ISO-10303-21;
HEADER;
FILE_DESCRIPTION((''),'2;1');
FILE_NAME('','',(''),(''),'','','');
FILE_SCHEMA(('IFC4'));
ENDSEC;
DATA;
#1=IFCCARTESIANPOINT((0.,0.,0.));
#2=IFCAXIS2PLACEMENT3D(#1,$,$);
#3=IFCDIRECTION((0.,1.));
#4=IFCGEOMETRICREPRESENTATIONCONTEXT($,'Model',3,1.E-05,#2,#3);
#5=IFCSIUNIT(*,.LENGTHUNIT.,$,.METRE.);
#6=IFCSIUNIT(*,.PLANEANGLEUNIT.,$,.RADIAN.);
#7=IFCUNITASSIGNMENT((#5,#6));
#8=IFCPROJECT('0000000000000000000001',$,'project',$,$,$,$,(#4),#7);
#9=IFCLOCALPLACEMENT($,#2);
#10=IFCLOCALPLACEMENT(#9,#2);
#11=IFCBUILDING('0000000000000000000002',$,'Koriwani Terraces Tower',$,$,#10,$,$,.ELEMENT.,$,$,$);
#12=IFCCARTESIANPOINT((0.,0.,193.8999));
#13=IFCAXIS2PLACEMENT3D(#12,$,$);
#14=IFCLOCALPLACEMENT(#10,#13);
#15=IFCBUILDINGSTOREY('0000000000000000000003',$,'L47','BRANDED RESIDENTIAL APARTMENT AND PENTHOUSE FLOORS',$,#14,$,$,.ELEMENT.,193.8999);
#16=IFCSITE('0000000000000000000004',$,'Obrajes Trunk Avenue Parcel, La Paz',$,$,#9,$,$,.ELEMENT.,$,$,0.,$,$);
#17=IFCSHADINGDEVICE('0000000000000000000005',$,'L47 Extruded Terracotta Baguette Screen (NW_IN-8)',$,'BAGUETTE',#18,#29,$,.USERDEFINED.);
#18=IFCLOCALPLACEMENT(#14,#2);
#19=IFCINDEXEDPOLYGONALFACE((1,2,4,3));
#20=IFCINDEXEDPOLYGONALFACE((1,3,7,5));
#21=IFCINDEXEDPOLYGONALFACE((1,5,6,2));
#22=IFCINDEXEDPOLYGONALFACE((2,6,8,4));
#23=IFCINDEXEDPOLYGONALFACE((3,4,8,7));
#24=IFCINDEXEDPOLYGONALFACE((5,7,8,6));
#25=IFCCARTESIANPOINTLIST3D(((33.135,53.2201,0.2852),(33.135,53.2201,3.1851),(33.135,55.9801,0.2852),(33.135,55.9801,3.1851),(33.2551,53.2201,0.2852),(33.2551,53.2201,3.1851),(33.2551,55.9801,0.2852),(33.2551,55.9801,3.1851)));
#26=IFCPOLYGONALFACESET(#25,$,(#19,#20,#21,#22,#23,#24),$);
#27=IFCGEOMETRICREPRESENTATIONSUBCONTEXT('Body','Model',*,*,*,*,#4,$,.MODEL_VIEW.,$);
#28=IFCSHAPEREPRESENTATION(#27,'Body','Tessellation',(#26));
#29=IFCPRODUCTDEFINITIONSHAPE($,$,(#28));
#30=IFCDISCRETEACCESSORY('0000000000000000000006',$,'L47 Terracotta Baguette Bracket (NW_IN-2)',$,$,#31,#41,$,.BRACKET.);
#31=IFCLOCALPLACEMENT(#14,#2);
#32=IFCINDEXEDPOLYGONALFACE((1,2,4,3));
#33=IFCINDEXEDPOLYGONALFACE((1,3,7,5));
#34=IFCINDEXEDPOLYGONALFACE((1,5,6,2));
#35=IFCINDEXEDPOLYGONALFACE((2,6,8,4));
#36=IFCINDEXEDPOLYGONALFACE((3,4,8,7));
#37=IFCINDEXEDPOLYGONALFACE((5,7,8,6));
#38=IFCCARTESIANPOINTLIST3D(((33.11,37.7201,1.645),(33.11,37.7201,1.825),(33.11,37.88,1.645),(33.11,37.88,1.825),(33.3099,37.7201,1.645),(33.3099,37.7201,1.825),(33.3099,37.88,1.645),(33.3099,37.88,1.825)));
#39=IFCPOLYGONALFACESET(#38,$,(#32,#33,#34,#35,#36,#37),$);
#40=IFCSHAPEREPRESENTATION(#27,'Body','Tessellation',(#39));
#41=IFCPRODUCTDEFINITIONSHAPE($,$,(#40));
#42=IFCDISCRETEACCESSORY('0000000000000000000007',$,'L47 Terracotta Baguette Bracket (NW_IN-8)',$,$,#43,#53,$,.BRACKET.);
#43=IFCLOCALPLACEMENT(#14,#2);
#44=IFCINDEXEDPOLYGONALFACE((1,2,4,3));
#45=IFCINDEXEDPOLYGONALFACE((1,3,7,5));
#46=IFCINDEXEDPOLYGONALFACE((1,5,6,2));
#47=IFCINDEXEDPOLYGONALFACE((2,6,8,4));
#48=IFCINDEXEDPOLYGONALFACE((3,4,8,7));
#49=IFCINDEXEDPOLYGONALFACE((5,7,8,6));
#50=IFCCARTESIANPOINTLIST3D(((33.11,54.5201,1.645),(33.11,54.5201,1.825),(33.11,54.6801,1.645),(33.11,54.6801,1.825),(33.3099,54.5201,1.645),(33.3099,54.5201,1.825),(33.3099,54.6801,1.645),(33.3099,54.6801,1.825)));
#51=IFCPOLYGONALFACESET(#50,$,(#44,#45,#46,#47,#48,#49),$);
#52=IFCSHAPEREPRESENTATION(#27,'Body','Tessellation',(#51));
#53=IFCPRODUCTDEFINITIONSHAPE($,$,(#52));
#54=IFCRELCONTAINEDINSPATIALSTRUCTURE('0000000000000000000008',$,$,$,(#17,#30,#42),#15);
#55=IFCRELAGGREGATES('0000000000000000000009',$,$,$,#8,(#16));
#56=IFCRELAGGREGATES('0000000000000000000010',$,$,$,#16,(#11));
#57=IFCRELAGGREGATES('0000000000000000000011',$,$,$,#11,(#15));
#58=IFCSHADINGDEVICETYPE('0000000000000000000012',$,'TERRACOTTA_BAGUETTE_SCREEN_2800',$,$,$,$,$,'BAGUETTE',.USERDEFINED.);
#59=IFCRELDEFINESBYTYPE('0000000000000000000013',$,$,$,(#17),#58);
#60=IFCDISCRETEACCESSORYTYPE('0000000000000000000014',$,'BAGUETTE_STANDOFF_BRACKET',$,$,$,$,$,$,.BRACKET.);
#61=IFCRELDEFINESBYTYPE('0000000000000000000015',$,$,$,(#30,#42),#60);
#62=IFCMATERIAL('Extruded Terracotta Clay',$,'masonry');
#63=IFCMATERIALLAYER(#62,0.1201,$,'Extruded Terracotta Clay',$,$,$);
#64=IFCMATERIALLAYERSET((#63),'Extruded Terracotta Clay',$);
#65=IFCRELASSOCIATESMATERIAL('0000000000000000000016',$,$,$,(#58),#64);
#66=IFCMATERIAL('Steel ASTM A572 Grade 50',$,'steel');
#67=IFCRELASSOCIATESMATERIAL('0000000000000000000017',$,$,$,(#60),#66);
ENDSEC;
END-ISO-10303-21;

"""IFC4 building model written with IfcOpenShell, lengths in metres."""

from ifc_helpers import new_model, si_unit, direction, frame, origin, origin_2d, place, context, subcontext, project, spatial, rectangle, extrude, material, layer, layer_set, type_object, element, save


model = new_model("IFC4")

# Units and contexts
model_context = context("Model", 3, precision=1e-05, world=origin(), true_north=direction((0.0, 1.0)))
body_context = subcontext(model_context, "Body", "Model", "MODEL_VIEW")
ifc_project = project(units=[si_unit("LENGTHUNIT", "METRE"), si_unit("PLANEANGLEUNIT", "RADIAN")], contexts=[model_context])

# Site, building, storey
site_placement = place(None, origin())
site = spatial("IfcSite", under=ifc_project, at=site_placement, Name="Obrajes Trunk Avenue Parcel, La Paz", CompositionType="ELEMENT", RefElevation=0.0)
building_placement = place(site_placement, origin())
building = spatial("IfcBuilding", under=site, at=building_placement, Name="Koriwani Terraces Tower", CompositionType="ELEMENT")
storey_placement = place(building_placement, frame((0.0, 0.0, 193.8999)))
storey = spatial("IfcBuildingStorey", under=building, at=storey_placement, Name="L47", Description="BRANDED RESIDENTIAL APARTMENT AND PENTHOUSE FLOORS", CompositionType="ELEMENT", Elevation=193.8999)

# Shared definitions
ifc_material_1 = material(Name="Steel ASTM A572 Grade 50", Category="steel")

# Shading device
ifc_material_2 = material(Name="Extruded Terracotta Clay", Category="masonry")
ifc_layer_1 = layer(ifc_material_2, 0.1201, Name="Extruded Terracotta Clay")
ifc_layer_set_1 = layer_set([ifc_layer_1], Name="Extruded Terracotta Clay")
shading_device_type = type_object("IfcShadingDeviceType", Name="TERRACOTTA_BAGUETTE_SCREEN_2800", ElementType="BAGUETTE", PredefinedType="USERDEFINED", material=ifc_layer_set_1)
shading_device_placement = place(storey_placement, frame((33.1951, 54.6001, 0.2852), z_axis=(0.0, 0.0, 1.0), x_axis=(0.0, -1.0, 0.0)))
element("IfcShadingDevice", 1, at=shading_device_placement, inside=storey, type_object=shading_device_type, Name="L47 Extruded Terracotta Baguette Screen (NW_IN-8)", ObjectType="BAGUETTE", PredefinedType="USERDEFINED", context=body_context, shape_type="SweptSolid", body=[
    extrude(rectangle(XDim=2.76, YDim=0.1201, at=origin_2d()), origin(), (0.0, 0.0, 1.0), 2.8999),
])

# Discrete accessories
discrete_accessory_type = type_object("IfcDiscreteAccessoryType", Name="BAGUETTE_STANDOFF_BRACKET", PredefinedType="BRACKET", material=ifc_material_1)
for number, where, z_axis, x_axis, name in (
    (2, (33.21, 37.8, 1.645), (0.0, 0.0, 1.0), (0.0, -1.0, 0.0), "L47 Terracotta Baguette Bracket (NW_IN-2)"),
    (3, (33.21, 54.6001, 1.645), (0.0, 0.0, 1.0), (0.0, -1.0, 0.0), "L47 Terracotta Baguette Bracket (NW_IN-8)"),
):
    element("IfcDiscreteAccessory", number, at=place(storey_placement, frame(where, z_axis=z_axis, x_axis=x_axis)), inside=storey, type_object=discrete_accessory_type, Name=name, PredefinedType="BRACKET", context=body_context, shape_type="SweptSolid", body=[
        extrude(rectangle(XDim=0.1599, YDim=0.2, at=origin_2d()), origin(), (0.0, 0.0, 1.0), 0.1799),
    ])

save(model, "model.ifc")
